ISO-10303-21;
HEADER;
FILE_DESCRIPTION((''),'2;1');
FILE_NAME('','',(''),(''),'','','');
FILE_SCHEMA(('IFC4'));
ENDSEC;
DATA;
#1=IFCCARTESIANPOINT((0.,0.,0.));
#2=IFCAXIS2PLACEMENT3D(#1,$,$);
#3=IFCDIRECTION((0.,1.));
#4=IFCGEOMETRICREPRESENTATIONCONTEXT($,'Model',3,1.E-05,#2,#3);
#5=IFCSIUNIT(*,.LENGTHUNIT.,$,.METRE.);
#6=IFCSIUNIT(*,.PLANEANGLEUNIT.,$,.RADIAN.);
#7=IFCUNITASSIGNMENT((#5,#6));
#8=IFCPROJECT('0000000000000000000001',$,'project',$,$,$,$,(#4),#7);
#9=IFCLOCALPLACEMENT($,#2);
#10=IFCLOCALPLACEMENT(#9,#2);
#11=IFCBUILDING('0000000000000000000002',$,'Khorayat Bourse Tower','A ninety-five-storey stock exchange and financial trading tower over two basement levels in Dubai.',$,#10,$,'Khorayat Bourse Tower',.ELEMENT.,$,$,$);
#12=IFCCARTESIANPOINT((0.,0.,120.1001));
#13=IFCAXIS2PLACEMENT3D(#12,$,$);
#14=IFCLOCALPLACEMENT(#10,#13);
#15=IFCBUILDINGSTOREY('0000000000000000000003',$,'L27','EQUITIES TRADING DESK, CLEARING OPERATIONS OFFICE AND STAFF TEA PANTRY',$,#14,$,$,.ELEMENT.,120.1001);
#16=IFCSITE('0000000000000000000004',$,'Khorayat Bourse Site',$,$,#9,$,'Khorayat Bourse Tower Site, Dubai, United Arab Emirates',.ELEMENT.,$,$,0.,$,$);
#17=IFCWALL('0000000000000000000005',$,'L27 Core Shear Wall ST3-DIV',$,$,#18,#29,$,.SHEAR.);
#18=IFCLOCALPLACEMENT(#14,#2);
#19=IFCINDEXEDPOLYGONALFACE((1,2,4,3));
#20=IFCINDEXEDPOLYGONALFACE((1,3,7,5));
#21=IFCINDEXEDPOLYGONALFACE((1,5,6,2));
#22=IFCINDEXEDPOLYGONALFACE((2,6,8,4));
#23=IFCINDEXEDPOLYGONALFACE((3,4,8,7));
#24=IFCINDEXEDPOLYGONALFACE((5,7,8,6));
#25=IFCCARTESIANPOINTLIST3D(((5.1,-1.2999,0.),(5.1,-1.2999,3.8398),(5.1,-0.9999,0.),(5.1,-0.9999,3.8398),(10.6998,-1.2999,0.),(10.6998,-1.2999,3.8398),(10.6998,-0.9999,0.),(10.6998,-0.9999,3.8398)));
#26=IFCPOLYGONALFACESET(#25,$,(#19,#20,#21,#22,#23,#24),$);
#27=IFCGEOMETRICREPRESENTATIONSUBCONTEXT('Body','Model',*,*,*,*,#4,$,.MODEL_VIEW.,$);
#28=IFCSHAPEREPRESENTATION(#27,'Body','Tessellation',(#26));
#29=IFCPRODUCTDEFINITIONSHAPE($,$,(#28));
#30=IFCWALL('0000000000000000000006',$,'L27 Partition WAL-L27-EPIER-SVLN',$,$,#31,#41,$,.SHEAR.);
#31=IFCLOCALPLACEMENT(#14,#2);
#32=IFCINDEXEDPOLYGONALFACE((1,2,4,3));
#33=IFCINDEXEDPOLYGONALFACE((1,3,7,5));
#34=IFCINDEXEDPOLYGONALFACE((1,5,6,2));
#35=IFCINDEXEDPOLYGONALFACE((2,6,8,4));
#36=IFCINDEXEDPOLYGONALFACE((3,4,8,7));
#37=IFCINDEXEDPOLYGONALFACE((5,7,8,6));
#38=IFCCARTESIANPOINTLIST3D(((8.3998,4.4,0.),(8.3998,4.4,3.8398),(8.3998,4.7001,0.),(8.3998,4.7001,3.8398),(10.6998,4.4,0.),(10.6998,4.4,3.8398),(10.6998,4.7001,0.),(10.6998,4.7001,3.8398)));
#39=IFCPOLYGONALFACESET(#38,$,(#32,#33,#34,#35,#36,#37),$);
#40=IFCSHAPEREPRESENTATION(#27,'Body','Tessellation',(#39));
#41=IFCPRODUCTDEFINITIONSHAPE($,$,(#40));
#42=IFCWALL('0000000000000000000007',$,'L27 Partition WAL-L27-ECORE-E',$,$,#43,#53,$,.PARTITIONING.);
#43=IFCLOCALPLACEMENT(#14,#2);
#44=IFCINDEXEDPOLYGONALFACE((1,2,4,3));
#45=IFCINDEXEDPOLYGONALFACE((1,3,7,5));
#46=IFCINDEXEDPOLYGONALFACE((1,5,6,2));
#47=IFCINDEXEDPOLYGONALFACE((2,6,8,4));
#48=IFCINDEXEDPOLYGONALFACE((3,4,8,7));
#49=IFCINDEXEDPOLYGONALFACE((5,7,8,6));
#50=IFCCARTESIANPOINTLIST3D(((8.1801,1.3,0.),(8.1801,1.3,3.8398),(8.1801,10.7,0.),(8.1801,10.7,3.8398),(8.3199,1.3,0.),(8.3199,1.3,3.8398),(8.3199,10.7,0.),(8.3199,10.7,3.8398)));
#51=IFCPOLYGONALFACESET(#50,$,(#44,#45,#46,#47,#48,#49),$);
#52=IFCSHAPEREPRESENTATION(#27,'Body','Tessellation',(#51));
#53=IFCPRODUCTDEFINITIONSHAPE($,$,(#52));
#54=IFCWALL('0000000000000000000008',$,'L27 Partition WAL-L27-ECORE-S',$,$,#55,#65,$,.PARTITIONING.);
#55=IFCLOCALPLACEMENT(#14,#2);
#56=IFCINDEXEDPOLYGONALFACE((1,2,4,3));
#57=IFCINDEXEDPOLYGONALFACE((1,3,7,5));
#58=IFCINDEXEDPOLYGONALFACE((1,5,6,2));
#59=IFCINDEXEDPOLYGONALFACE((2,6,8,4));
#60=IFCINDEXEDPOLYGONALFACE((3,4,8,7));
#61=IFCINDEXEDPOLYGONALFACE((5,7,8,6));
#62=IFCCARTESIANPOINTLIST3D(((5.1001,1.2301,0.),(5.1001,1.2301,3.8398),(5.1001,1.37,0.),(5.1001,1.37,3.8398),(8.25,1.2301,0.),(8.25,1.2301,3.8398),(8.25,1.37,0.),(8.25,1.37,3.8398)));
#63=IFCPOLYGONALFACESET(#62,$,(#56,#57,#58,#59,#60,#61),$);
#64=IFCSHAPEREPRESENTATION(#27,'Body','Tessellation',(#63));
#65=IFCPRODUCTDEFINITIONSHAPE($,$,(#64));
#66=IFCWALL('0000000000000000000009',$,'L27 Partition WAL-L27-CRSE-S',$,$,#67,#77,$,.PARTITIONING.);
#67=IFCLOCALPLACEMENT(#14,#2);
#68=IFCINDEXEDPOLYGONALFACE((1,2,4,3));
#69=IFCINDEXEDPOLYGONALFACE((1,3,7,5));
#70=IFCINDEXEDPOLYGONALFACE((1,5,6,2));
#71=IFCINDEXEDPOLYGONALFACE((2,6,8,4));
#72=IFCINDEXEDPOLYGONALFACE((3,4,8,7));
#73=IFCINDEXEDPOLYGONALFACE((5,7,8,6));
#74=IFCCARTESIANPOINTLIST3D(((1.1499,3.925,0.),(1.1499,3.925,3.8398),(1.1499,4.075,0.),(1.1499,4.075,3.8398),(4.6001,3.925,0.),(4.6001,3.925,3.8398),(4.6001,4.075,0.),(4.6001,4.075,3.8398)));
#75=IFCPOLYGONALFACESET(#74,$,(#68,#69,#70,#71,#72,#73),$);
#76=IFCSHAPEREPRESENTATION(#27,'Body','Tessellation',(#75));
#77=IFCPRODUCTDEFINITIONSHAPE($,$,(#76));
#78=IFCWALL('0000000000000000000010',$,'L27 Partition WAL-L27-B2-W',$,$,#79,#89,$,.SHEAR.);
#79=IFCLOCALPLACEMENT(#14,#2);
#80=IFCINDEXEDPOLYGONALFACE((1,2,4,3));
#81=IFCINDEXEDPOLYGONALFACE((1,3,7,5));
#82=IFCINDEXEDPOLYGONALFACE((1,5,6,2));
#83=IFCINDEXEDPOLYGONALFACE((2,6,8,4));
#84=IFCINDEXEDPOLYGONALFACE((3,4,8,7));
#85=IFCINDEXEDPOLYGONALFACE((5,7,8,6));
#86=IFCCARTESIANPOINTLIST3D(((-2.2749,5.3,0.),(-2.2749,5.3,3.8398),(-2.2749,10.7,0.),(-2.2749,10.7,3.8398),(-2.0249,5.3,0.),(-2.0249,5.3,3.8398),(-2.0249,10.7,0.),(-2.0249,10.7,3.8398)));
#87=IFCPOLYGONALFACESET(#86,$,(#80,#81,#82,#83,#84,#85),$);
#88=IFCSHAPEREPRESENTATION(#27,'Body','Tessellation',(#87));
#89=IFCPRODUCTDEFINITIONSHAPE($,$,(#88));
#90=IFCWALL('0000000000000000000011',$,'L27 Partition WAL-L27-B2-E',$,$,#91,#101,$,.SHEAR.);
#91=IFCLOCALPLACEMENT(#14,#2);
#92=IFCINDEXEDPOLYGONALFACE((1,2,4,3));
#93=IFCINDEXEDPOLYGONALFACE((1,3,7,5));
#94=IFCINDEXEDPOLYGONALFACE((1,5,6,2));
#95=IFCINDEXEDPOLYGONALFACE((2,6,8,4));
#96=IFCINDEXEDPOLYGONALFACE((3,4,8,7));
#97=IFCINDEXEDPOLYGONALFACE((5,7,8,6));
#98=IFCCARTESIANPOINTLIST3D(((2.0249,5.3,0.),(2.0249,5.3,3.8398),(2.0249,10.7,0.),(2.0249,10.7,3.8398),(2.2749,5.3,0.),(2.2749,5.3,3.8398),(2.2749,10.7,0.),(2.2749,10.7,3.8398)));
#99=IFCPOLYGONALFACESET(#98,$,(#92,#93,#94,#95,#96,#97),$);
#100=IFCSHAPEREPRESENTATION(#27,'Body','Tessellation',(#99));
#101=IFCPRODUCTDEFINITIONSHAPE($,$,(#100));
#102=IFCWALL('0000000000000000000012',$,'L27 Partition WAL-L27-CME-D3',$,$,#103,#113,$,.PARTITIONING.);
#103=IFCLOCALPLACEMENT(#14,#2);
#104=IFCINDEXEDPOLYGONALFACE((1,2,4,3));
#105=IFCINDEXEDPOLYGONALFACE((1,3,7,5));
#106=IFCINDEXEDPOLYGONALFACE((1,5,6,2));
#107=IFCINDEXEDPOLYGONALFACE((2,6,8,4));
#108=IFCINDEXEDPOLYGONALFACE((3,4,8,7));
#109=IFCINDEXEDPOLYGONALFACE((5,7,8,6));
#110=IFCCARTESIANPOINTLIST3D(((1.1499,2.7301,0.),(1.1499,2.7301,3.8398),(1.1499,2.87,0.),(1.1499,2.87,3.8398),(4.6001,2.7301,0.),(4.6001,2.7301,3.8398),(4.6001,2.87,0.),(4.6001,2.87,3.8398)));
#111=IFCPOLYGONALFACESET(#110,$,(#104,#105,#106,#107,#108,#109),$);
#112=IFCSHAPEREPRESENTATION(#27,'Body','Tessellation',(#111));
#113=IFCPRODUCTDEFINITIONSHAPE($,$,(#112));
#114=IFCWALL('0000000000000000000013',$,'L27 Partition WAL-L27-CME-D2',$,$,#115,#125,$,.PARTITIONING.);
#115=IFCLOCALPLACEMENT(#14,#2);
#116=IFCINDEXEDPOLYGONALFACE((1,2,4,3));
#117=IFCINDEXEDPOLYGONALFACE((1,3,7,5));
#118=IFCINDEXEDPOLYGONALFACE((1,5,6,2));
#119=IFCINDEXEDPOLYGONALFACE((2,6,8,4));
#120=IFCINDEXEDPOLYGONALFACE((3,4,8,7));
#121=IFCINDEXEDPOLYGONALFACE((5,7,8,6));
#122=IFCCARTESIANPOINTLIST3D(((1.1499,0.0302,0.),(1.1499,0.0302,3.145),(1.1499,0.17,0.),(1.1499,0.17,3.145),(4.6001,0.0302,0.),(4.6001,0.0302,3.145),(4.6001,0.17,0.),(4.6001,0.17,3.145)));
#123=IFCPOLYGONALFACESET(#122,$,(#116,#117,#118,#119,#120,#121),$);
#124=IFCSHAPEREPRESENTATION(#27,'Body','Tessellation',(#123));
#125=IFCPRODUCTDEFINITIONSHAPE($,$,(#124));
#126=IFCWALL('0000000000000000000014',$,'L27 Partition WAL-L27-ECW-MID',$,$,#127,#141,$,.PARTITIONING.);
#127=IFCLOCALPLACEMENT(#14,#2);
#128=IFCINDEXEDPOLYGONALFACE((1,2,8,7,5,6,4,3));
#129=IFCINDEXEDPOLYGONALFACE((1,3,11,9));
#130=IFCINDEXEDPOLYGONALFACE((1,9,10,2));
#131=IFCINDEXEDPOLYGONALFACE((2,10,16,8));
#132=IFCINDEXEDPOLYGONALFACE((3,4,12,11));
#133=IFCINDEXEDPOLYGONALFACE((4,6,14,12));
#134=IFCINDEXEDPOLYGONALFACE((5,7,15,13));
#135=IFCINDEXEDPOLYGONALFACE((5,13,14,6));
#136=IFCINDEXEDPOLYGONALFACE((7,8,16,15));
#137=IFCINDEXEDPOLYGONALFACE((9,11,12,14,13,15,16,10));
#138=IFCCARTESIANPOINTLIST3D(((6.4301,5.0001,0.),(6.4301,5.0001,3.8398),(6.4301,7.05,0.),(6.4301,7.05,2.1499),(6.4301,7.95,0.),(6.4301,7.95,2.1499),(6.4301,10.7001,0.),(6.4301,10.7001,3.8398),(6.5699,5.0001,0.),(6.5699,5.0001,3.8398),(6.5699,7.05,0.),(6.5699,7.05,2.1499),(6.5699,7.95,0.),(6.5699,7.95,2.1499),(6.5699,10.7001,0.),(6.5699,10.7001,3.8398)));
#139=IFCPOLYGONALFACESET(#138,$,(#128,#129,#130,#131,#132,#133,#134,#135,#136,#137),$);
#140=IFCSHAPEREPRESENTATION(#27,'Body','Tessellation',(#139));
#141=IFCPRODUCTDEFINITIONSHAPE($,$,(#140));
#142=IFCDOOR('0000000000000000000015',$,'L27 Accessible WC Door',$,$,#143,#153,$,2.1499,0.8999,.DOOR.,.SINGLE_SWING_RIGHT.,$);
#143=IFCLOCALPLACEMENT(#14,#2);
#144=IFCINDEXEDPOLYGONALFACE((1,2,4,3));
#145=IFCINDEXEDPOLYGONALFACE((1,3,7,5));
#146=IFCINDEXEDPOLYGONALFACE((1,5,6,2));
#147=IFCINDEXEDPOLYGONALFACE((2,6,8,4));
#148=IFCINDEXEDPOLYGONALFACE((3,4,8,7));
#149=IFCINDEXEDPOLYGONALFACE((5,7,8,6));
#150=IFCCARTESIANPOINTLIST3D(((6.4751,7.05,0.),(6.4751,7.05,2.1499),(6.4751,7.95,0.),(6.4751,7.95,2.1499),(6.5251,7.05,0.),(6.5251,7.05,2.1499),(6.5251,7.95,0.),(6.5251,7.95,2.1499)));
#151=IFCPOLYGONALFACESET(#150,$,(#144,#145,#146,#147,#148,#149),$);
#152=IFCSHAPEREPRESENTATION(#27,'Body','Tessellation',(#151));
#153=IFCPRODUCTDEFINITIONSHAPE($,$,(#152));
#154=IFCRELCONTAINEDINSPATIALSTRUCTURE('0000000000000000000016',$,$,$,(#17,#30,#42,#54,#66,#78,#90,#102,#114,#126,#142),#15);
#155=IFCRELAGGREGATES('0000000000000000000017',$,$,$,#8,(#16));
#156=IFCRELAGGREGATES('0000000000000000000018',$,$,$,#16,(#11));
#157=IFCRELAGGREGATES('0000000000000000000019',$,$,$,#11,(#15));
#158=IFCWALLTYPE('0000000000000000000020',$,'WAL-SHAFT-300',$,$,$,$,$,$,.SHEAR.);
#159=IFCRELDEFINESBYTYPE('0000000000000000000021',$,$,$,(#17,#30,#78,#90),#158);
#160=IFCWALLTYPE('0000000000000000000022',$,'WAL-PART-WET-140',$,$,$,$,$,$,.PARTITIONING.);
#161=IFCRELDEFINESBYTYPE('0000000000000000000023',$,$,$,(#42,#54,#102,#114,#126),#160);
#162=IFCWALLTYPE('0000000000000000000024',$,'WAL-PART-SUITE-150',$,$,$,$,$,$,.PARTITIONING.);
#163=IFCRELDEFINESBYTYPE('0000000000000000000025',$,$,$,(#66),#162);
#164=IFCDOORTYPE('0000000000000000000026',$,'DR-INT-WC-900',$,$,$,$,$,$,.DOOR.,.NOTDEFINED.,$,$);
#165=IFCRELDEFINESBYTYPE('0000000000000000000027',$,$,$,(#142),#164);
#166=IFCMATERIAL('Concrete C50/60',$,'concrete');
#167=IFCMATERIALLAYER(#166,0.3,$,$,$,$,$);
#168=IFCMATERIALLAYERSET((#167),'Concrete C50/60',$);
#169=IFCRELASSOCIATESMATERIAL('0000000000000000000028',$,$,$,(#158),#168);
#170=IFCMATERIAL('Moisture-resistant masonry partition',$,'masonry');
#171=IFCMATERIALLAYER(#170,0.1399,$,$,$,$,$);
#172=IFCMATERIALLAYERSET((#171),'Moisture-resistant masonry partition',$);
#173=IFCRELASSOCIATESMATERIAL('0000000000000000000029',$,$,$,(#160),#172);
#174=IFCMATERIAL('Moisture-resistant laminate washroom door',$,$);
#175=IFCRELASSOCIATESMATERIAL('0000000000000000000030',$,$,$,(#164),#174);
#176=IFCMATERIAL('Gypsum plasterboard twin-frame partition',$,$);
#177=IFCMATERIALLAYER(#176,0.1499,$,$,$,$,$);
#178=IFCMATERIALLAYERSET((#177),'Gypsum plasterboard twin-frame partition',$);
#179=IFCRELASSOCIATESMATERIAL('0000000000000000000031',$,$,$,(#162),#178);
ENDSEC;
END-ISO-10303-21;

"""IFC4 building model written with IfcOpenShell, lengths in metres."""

from ifc_helpers import new_model, si_unit, direction, frame, frame_2d, origin, place, context, subcontext, project, spatial, rectangle, extrude, source, transform, mapped, material, layer, layer_set, type_object, element, fill, save


model = new_model("IFC4")

# Units and contexts
model_context = context("Model", 3, precision=1e-05, world=origin(), true_north=direction((0.0, 1.0)))
body_context = subcontext(model_context, "Body", "Model", "MODEL_VIEW")
ifc_project = project(units=[si_unit("LENGTHUNIT", "METRE"), si_unit("PLANEANGLEUNIT", "RADIAN")], contexts=[model_context])

# Site, building, storey
site_placement = place(None, origin())
site = spatial("IfcSite", under=ifc_project, at=site_placement, Name="Khorayat Bourse Site", LongName="Khorayat Bourse Tower Site, Dubai, United Arab Emirates", CompositionType="ELEMENT", RefElevation=0.0)
building_placement = place(site_placement, origin())
building = spatial("IfcBuilding", under=site, at=building_placement, Name="Khorayat Bourse Tower", Description="A ninety-five-storey stock exchange and financial trading tower over two basement levels in Dubai.", LongName="Khorayat Bourse Tower", CompositionType="ELEMENT")
storey_placement = place(building_placement, frame((0.0, 0.0, 120.1001)))
storey = spatial("IfcBuildingStorey", under=building, at=storey_placement, Name="L27", Description="EQUITIES TRADING DESK, CLEARING OPERATIONS OFFICE AND STAFF TEA PANTRY", CompositionType="ELEMENT", Elevation=120.1001)

# Walls
ifc_material_1 = material(Name="Concrete C50/60", Category="concrete")
ifc_layer_1 = layer(ifc_material_1, 0.3)
ifc_layer_set_1 = layer_set([ifc_layer_1], Name="Concrete C50/60")
wall_type_1 = type_object("IfcWallType", Name="WAL-SHAFT-300", PredefinedType="SHEAR", material=ifc_layer_set_1)
shared_shape_1 = source(origin(), body_context, "Body", "SweptSolid", [
    extrude(rectangle(XDim=5.5999, YDim=0.3, at=frame_2d((2.7998, 0.0))), origin(), (0.0, 0.0, 1.0), 3.8398),
])
wall_1_placement = place(storey_placement, frame((5.1001, -1.1499, 0.0), z_axis=(0.0, 0.0, 1.0), x_axis=(1.0, 0.0, 0.0)))
element("IfcWall", 1, at=wall_1_placement, inside=storey, type_object=wall_type_1, Name="L27 Core Shear Wall ST3-DIV", PredefinedType="SHEAR", context=body_context, shape_type="MappedRepresentation", body=[
    mapped(shared_shape_1, transform((0.0, 0.0, 0.0), scale=1.0)),
])
shared_shape_2 = source(origin(), body_context, "Body", "SweptSolid", [
    extrude(rectangle(XDim=2.3, YDim=0.3, at=frame_2d((1.1499, 0.0))), origin(), (0.0, 0.0, 1.0), 3.8398),
])
wall_2_placement = place(storey_placement, frame((8.3999, 4.55, 0.0), z_axis=(0.0, 0.0, 1.0), x_axis=(1.0, 0.0, 0.0)))
element("IfcWall", 2, at=wall_2_placement, inside=storey, type_object=wall_type_1, Name="L27 Partition WAL-L27-EPIER-SVLN", PredefinedType="SHEAR", context=body_context, shape_type="MappedRepresentation", body=[
    mapped(shared_shape_2, transform((0.0, 0.0, 0.0), scale=1.0)),
])
ifc_material_2 = material(Name="Moisture-resistant masonry partition", Category="masonry")
ifc_layer_2 = layer(ifc_material_2, 0.1399)
ifc_layer_set_2 = layer_set([ifc_layer_2], Name="Moisture-resistant masonry partition")
wall_type_2 = type_object("IfcWallType", Name="WAL-PART-WET-140", PredefinedType="PARTITIONING", material=ifc_layer_set_2)
shared_shape_3 = source(origin(), body_context, "Body", "SweptSolid", [
    extrude(rectangle(XDim=9.3999, YDim=0.1399, at=frame_2d((4.7, 0.0))), origin(), (0.0, 0.0, 1.0), 3.8398),
])
wall_3_placement = place(storey_placement, frame((8.25, 1.3, 0.0), z_axis=(0.0, 0.0, 1.0), x_axis=(0.0, 1.0, 0.0)))
element("IfcWall", 3, at=wall_3_placement, inside=storey, type_object=wall_type_2, Name="L27 Partition WAL-L27-ECORE-E", PredefinedType="PARTITIONING", context=body_context, shape_type="MappedRepresentation", body=[
    mapped(shared_shape_3, transform((0.0, 0.0, 0.0), scale=1.0)),
])
shared_shape_4 = source(origin(), body_context, "Body", "SweptSolid", [
    extrude(rectangle(XDim=3.1499, YDim=0.1399, at=frame_2d((1.575, 0.0))), origin(), (0.0, 0.0, 1.0), 3.8398),
])
wall_4_placement = place(storey_placement, frame((5.1001, 1.3, 0.0), z_axis=(0.0, 0.0, 1.0), x_axis=(1.0, 0.0, 0.0)))
element("IfcWall", 4, at=wall_4_placement, inside=storey, type_object=wall_type_2, Name="L27 Partition WAL-L27-ECORE-S", PredefinedType="PARTITIONING", context=body_context, shape_type="MappedRepresentation", body=[
    mapped(shared_shape_4, transform((0.0, 0.0, 0.0), scale=1.0)),
])

# Shared definitions
shared_shape_5 = source(origin(), body_context, "Body", "SweptSolid", [
    extrude(rectangle(XDim=0.8999, YDim=2.1499, at=frame_2d((0.45, 1.075))), frame((0.0, 0.0798, 0.0), z_axis=(0.0, -1.0, 0.0), x_axis=(1.0, 0.0, 0.0)), (0.0, 0.0, 1.0), 0.1599),
])
ifc_material_3 = material(Name="Moisture-resistant laminate washroom door")
door_type = type_object("IfcDoorType", Name="DR-INT-WC-900", OperationType="NOTDEFINED", PredefinedType="DOOR", material=ifc_material_3)
shared_shape_6 = source(origin(), body_context, "Body", "SweptSolid", [
    extrude(rectangle(XDim=0.8999, YDim=2.1499, at=frame_2d((0.45, 1.075))), frame((0.0, 0.0249, 0.0), z_axis=(0.0, -1.0, 0.0), x_axis=(1.0, 0.0, 0.0)), (0.0, 0.0, 1.0), 0.05),
])

# Walls
ifc_material_4 = material(Name="Gypsum plasterboard twin-frame partition")
ifc_layer_3 = layer(ifc_material_4, 0.1499)
ifc_layer_set_3 = layer_set([ifc_layer_3], Name="Gypsum plasterboard twin-frame partition")
wall_type_3 = type_object("IfcWallType", Name="WAL-PART-SUITE-150", PredefinedType="PARTITIONING", material=ifc_layer_set_3)
shared_shape_7 = source(origin(), body_context, "Body", "SweptSolid", [
    extrude(rectangle(XDim=3.4502, YDim=0.1499, at=frame_2d((1.7251, 0.0))), origin(), (0.0, 0.0, 1.0), 3.8398),
])
wall_5_placement = place(storey_placement, frame((1.1499, 4.0, 0.0), z_axis=(0.0, 0.0, 1.0), x_axis=(1.0, 0.0, 0.0)))
element("IfcWall", 5, at=wall_5_placement, inside=storey, type_object=wall_type_3, Name="L27 Partition WAL-L27-CRSE-S", PredefinedType="PARTITIONING", context=body_context, shape_type="MappedRepresentation", body=[
    mapped(shared_shape_7, transform((0.0, 0.0, 0.0), scale=1.0)),
])
shared_shape_8 = source(origin(), body_context, "Body", "SweptSolid", [
    extrude(rectangle(XDim=5.3999, YDim=0.25, at=frame_2d((2.7, 0.0))), origin(), (0.0, 0.0, 1.0), 3.8398),
])
for number, where, z_axis, x_axis, name in (
    (6, (-2.1499, 5.3, 0.0), (0.0, 0.0, 1.0), (0.0, 1.0, 0.0), "L27 Partition WAL-L27-B2-W"),
    (7, (2.1499, 5.3, 0.0), (0.0, 0.0, 1.0), (0.0, 1.0, 0.0), "L27 Partition WAL-L27-B2-E"),
):
    element("IfcWall", number, at=place(storey_placement, frame(where, z_axis=z_axis, x_axis=x_axis)), inside=storey, type_object=wall_type_1, Name=name, PredefinedType="SHEAR", context=body_context, shape_type="MappedRepresentation", body=[
        mapped(shared_shape_8, transform((0.0, 0.0, 0.0), scale=1.0)),
    ])
shared_shape_9 = source(origin(), body_context, "Body", "SweptSolid", [
    extrude(rectangle(XDim=3.4502, YDim=0.1399, at=frame_2d((1.7251, 0.0))), origin(), (0.0, 0.0, 1.0), 3.8398),
])
wall_6_placement = place(storey_placement, frame((1.1499, 2.8, 0.0), z_axis=(0.0, 0.0, 1.0), x_axis=(1.0, 0.0, 0.0)))
element("IfcWall", 8, at=wall_6_placement, inside=storey, type_object=wall_type_2, Name="L27 Partition WAL-L27-CME-D3", PredefinedType="PARTITIONING", context=body_context, shape_type="MappedRepresentation", body=[
    mapped(shared_shape_9, transform((0.0, 0.0, 0.0), scale=1.0)),
])
shared_shape_10 = source(origin(), body_context, "Body", "SweptSolid", [
    extrude(rectangle(XDim=3.4502, YDim=0.1399, at=frame_2d((1.7251, 0.0))), origin(), (0.0, 0.0, 1.0), 3.145),
])
wall_7_placement = place(storey_placement, frame((1.1499, 0.1001, 0.0), z_axis=(0.0, 0.0, 1.0), x_axis=(1.0, 0.0, 0.0)))
element("IfcWall", 9, at=wall_7_placement, inside=storey, type_object=wall_type_2, Name="L27 Partition WAL-L27-CME-D2", PredefinedType="PARTITIONING", context=body_context, shape_type="MappedRepresentation", body=[
    mapped(shared_shape_10, transform((0.0, 0.0, 0.0), scale=1.0)),
])

# Wall, opening, door
shared_shape_11 = source(origin(), body_context, "Body", "SweptSolid", [
    extrude(rectangle(XDim=5.7, YDim=0.1399, at=frame_2d((2.8501, 0.0))), origin(), (0.0, 0.0, 1.0), 3.8398),
])
wall_8_placement = place(storey_placement, frame((6.5, 5.0, 0.0), z_axis=(0.0, 0.0, 1.0), x_axis=(0.0, 1.0, 0.0)))
wall_8 = element("IfcWall", 10, at=wall_8_placement, inside=storey, type_object=wall_type_2, Name="L27 Partition WAL-L27-ECW-MID", PredefinedType="PARTITIONING", context=body_context, shape_type="MappedRepresentation", body=[
    mapped(shared_shape_11, transform((0.0, 0.0, 0.0), scale=1.0)),
])
opening_1_placement = place(wall_8_placement, frame((2.05, 0.0, 0.0)))
opening_1 = element("IfcOpeningElement", 11, at=opening_1_placement, cuts=wall_8, PredefinedType="OPENING", context=body_context, shape_type="MappedRepresentation", body=[
    mapped(shared_shape_5, transform((0.0, 0.0, 0.0), scale=1.0)),
])
door_1_placement = place(opening_1_placement, origin())
door_1 = element("IfcDoor", 12, at=door_1_placement, inside=storey, type_object=door_type, Name="L27 Accessible WC Door", OperationType="SINGLE_SWING_RIGHT", OverallHeight=2.1499, OverallWidth=0.8999, PredefinedType="DOOR", context=body_context, shape_type="MappedRepresentation", body=[
    mapped(shared_shape_6, transform((0.0, 0.0, 0.0), scale=1.0)),
])
fill(opening_1, door_1)

save(model, "model.ifc")
